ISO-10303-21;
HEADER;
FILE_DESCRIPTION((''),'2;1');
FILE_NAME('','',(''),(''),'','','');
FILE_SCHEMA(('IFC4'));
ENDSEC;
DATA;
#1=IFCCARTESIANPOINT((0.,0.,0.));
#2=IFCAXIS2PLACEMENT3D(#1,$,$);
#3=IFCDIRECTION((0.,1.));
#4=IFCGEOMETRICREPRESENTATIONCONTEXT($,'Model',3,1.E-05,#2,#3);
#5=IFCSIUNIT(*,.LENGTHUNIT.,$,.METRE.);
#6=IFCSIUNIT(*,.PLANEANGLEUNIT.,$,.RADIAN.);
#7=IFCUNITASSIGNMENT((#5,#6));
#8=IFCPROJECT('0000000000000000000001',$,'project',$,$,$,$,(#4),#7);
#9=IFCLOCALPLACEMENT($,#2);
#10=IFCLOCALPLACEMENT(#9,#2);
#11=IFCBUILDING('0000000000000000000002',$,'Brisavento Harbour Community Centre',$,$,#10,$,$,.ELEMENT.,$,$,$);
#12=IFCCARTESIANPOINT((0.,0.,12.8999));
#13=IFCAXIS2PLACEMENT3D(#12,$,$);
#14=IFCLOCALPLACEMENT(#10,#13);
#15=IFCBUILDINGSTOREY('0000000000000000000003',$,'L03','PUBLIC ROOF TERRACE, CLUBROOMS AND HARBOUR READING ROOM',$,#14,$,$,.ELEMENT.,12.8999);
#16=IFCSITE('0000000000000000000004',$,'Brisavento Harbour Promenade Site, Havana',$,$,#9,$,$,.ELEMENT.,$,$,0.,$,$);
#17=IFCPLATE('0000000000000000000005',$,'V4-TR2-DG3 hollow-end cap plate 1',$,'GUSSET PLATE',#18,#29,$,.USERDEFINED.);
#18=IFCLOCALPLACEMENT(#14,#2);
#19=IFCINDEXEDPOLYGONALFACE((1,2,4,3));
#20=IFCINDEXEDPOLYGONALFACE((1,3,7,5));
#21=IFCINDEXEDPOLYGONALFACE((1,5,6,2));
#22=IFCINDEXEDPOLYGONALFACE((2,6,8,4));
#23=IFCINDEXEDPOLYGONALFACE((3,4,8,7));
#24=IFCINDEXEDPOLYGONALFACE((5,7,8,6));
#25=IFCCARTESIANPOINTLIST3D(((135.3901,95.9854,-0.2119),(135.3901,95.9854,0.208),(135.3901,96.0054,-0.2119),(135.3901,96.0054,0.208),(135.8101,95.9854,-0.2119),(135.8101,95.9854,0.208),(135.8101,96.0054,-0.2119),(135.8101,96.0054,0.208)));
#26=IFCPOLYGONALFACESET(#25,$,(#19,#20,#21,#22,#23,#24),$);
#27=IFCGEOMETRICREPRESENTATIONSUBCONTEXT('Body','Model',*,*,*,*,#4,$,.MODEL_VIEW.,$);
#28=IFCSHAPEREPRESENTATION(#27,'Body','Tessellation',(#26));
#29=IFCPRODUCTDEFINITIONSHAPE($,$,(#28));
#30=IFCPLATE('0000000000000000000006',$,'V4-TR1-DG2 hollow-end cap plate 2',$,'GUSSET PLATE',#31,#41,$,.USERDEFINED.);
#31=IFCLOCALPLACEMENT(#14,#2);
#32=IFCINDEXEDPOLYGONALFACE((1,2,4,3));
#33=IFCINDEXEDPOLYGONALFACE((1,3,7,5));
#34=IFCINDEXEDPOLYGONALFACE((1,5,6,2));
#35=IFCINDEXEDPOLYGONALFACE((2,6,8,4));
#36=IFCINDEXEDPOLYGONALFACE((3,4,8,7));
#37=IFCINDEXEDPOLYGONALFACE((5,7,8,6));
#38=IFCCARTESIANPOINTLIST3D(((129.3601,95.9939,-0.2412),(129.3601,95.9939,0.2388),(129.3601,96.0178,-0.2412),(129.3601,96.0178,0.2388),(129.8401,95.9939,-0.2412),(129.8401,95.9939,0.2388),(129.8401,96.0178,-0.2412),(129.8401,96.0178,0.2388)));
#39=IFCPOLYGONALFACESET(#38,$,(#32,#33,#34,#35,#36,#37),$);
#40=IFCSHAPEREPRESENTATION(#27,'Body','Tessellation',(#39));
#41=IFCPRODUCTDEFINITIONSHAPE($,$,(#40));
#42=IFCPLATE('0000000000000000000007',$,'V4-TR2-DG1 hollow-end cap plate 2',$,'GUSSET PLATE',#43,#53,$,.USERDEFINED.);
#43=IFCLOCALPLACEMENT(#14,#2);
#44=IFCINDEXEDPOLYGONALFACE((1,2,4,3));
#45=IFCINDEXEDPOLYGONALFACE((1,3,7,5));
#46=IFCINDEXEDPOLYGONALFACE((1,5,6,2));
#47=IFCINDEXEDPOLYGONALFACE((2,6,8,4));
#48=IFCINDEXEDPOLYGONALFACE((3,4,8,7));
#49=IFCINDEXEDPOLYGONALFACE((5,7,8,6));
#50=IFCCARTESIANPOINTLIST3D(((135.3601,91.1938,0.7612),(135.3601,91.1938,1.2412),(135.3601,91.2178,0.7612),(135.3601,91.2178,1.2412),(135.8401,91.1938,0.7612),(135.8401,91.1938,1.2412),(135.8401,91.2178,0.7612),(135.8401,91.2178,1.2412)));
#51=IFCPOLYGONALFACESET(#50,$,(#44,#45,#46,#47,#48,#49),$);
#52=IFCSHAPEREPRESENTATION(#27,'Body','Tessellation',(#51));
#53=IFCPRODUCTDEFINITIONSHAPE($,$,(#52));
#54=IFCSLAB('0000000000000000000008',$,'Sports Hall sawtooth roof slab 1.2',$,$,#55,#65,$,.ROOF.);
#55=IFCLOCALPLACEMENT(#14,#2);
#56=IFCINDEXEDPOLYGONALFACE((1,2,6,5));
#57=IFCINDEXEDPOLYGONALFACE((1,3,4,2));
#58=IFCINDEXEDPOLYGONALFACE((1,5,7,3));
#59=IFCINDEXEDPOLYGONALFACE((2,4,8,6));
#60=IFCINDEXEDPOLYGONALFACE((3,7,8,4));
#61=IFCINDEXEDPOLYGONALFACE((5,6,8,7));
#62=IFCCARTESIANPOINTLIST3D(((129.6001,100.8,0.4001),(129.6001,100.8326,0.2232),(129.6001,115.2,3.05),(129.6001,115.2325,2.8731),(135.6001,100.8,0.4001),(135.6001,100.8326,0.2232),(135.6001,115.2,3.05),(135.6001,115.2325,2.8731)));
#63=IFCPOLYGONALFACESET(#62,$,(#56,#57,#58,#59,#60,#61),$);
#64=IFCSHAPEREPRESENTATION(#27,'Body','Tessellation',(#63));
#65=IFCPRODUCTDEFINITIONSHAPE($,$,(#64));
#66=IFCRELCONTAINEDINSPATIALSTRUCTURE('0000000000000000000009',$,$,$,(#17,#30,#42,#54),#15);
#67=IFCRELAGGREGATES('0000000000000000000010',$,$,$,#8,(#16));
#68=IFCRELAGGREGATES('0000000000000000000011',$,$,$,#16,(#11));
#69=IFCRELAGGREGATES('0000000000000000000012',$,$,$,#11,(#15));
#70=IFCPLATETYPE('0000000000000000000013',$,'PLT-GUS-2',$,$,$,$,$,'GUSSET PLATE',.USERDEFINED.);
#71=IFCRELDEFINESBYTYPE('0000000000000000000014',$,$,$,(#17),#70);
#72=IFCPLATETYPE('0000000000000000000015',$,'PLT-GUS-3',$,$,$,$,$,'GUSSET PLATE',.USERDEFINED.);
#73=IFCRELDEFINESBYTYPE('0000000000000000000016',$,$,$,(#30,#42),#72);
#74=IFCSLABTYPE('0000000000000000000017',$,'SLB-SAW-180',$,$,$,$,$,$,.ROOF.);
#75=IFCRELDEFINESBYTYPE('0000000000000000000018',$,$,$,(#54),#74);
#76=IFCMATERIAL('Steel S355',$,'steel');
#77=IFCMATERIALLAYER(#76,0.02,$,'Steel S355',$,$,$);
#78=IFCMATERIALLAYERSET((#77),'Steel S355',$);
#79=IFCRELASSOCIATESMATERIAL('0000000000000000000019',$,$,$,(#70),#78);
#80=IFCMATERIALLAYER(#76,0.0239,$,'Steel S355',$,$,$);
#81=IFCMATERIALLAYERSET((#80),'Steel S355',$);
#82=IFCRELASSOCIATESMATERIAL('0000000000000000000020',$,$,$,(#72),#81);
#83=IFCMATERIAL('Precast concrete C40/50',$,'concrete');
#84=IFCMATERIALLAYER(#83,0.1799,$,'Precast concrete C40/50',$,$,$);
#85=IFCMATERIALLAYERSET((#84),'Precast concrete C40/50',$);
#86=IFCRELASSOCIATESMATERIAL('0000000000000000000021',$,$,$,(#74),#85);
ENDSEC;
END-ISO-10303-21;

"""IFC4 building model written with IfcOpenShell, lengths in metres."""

from ifc_helpers import new_model, si_unit, direction, frame, origin, origin_2d, place, context, subcontext, project, spatial, polyline, rectangle, outline, extrude, material, layer, layer_set, type_object, element, save


model = new_model("IFC4")

# Units and contexts
model_context = context("Model", 3, precision=1e-05, world=origin(), true_north=direction((0.0, 1.0)))
body_context = subcontext(model_context, "Body", "Model", "MODEL_VIEW")
ifc_project = project(units=[si_unit("LENGTHUNIT", "METRE"), si_unit("PLANEANGLEUNIT", "RADIAN")], contexts=[model_context])

# Site, building, storey
site_placement = place(None, origin())
site = spatial("IfcSite", under=ifc_project, at=site_placement, Name="Brisavento Harbour Promenade Site, Havana", CompositionType="ELEMENT", RefElevation=0.0)
building_placement = place(site_placement, origin())
building = spatial("IfcBuilding", under=site, at=building_placement, Name="Brisavento Harbour Community Centre", CompositionType="ELEMENT")
storey_placement = place(building_placement, frame((0.0, 0.0, 12.8999)))
storey = spatial("IfcBuildingStorey", under=building, at=storey_placement, Name="L03", Description="PUBLIC ROOF TERRACE, CLUBROOMS AND HARBOUR READING ROOM", CompositionType="ELEMENT", Elevation=12.8999)

# Shared definitions
ifc_material_1 = material(Name="Steel S355", Category="steel")

# Plates
ifc_layer_1 = layer(ifc_material_1, 0.02, Name="Steel S355")
ifc_layer_set_1 = layer_set([ifc_layer_1], Name="Steel S355")
plate_type_1 = type_object("IfcPlateType", Name="PLT-GUS-2", ElementType="GUSSET PLATE", PredefinedType="USERDEFINED", material=ifc_layer_set_1)
for number, where, z_axis, x_axis, name in (
    (1, (135.6001, 95.9954, -0.2119), (0.0, 0.0, 1.0), (0.0, 1.0, 0.0), "V4-TR2-DG3 hollow-end cap plate 1"),
):
    element("IfcPlate", number, at=place(storey_placement, frame(where, z_axis=z_axis, x_axis=x_axis)), inside=storey, type_object=plate_type_1, Name=name, ObjectType="GUSSET PLATE", PredefinedType="USERDEFINED", context=body_context, shape_type="SweptSolid", body=[
        extrude(rectangle(XDim=0.02, YDim=0.4199, at=origin_2d()), origin(), (0.0, 0.0, 1.0), 0.4199),
    ])
ifc_layer_2 = layer(ifc_material_1, 0.0239, Name="Steel S355")
ifc_layer_set_2 = layer_set([ifc_layer_2], Name="Steel S355")
plate_type_2 = type_object("IfcPlateType", Name="PLT-GUS-3", ElementType="GUSSET PLATE", PredefinedType="USERDEFINED", material=ifc_layer_set_2)
for number, where, z_axis, x_axis, name in (
    (2, (129.6001, 96.0059, -0.2412), (0.0, 0.0, 1.0), (0.0, 1.0, 0.0), "V4-TR1-DG2 hollow-end cap plate 2"),
    (3, (135.6001, 91.2058, 0.7612), (0.0, 0.0, 1.0), (0.0, 1.0, 0.0), "V4-TR2-DG1 hollow-end cap plate 2"),
):
    element("IfcPlate", number, at=place(storey_placement, frame(where, z_axis=z_axis, x_axis=x_axis)), inside=storey, type_object=plate_type_2, Name=name, ObjectType="GUSSET PLATE", PredefinedType="USERDEFINED", context=body_context, shape_type="SweptSolid", body=[
        extrude(rectangle(XDim=0.0239, YDim=0.48, at=origin_2d()), origin(), (0.0, 0.0, 1.0), 0.48),
    ])

# Slab
ifc_material_2 = material(Name="Precast concrete C40/50", Category="concrete")
ifc_layer_3 = layer(ifc_material_2, 0.1799, Name="Precast concrete C40/50")
ifc_layer_set_3 = layer_set([ifc_layer_3], Name="Precast concrete C40/50")
slab_type = type_object("IfcSlabType", Name="SLB-SAW-180", PredefinedType="ROOF", material=ifc_layer_set_3)
slab_placement = place(storey_placement, frame((129.6001, 100.8, 0.4001), z_axis=(0.0, -0.180983, 0.983486), x_axis=(1.0, 0.0, 0.0)))
element("IfcSlab", 4, at=slab_placement, inside=storey, type_object=slab_type, Name="Sports Hall sawtooth roof slab 1.2", PredefinedType="ROOF", context=body_context, shape_type="SweptSolid", body=[
    extrude(outline(polyline([(0.0, 0.0), (6.0, 0.0), (6.0, 14.6417), (0.0, 14.6417), (0.0, 0.0)])), origin(), (0.0, 0.0, -1.0), 0.1799),
])

save(model, "model.ifc")
